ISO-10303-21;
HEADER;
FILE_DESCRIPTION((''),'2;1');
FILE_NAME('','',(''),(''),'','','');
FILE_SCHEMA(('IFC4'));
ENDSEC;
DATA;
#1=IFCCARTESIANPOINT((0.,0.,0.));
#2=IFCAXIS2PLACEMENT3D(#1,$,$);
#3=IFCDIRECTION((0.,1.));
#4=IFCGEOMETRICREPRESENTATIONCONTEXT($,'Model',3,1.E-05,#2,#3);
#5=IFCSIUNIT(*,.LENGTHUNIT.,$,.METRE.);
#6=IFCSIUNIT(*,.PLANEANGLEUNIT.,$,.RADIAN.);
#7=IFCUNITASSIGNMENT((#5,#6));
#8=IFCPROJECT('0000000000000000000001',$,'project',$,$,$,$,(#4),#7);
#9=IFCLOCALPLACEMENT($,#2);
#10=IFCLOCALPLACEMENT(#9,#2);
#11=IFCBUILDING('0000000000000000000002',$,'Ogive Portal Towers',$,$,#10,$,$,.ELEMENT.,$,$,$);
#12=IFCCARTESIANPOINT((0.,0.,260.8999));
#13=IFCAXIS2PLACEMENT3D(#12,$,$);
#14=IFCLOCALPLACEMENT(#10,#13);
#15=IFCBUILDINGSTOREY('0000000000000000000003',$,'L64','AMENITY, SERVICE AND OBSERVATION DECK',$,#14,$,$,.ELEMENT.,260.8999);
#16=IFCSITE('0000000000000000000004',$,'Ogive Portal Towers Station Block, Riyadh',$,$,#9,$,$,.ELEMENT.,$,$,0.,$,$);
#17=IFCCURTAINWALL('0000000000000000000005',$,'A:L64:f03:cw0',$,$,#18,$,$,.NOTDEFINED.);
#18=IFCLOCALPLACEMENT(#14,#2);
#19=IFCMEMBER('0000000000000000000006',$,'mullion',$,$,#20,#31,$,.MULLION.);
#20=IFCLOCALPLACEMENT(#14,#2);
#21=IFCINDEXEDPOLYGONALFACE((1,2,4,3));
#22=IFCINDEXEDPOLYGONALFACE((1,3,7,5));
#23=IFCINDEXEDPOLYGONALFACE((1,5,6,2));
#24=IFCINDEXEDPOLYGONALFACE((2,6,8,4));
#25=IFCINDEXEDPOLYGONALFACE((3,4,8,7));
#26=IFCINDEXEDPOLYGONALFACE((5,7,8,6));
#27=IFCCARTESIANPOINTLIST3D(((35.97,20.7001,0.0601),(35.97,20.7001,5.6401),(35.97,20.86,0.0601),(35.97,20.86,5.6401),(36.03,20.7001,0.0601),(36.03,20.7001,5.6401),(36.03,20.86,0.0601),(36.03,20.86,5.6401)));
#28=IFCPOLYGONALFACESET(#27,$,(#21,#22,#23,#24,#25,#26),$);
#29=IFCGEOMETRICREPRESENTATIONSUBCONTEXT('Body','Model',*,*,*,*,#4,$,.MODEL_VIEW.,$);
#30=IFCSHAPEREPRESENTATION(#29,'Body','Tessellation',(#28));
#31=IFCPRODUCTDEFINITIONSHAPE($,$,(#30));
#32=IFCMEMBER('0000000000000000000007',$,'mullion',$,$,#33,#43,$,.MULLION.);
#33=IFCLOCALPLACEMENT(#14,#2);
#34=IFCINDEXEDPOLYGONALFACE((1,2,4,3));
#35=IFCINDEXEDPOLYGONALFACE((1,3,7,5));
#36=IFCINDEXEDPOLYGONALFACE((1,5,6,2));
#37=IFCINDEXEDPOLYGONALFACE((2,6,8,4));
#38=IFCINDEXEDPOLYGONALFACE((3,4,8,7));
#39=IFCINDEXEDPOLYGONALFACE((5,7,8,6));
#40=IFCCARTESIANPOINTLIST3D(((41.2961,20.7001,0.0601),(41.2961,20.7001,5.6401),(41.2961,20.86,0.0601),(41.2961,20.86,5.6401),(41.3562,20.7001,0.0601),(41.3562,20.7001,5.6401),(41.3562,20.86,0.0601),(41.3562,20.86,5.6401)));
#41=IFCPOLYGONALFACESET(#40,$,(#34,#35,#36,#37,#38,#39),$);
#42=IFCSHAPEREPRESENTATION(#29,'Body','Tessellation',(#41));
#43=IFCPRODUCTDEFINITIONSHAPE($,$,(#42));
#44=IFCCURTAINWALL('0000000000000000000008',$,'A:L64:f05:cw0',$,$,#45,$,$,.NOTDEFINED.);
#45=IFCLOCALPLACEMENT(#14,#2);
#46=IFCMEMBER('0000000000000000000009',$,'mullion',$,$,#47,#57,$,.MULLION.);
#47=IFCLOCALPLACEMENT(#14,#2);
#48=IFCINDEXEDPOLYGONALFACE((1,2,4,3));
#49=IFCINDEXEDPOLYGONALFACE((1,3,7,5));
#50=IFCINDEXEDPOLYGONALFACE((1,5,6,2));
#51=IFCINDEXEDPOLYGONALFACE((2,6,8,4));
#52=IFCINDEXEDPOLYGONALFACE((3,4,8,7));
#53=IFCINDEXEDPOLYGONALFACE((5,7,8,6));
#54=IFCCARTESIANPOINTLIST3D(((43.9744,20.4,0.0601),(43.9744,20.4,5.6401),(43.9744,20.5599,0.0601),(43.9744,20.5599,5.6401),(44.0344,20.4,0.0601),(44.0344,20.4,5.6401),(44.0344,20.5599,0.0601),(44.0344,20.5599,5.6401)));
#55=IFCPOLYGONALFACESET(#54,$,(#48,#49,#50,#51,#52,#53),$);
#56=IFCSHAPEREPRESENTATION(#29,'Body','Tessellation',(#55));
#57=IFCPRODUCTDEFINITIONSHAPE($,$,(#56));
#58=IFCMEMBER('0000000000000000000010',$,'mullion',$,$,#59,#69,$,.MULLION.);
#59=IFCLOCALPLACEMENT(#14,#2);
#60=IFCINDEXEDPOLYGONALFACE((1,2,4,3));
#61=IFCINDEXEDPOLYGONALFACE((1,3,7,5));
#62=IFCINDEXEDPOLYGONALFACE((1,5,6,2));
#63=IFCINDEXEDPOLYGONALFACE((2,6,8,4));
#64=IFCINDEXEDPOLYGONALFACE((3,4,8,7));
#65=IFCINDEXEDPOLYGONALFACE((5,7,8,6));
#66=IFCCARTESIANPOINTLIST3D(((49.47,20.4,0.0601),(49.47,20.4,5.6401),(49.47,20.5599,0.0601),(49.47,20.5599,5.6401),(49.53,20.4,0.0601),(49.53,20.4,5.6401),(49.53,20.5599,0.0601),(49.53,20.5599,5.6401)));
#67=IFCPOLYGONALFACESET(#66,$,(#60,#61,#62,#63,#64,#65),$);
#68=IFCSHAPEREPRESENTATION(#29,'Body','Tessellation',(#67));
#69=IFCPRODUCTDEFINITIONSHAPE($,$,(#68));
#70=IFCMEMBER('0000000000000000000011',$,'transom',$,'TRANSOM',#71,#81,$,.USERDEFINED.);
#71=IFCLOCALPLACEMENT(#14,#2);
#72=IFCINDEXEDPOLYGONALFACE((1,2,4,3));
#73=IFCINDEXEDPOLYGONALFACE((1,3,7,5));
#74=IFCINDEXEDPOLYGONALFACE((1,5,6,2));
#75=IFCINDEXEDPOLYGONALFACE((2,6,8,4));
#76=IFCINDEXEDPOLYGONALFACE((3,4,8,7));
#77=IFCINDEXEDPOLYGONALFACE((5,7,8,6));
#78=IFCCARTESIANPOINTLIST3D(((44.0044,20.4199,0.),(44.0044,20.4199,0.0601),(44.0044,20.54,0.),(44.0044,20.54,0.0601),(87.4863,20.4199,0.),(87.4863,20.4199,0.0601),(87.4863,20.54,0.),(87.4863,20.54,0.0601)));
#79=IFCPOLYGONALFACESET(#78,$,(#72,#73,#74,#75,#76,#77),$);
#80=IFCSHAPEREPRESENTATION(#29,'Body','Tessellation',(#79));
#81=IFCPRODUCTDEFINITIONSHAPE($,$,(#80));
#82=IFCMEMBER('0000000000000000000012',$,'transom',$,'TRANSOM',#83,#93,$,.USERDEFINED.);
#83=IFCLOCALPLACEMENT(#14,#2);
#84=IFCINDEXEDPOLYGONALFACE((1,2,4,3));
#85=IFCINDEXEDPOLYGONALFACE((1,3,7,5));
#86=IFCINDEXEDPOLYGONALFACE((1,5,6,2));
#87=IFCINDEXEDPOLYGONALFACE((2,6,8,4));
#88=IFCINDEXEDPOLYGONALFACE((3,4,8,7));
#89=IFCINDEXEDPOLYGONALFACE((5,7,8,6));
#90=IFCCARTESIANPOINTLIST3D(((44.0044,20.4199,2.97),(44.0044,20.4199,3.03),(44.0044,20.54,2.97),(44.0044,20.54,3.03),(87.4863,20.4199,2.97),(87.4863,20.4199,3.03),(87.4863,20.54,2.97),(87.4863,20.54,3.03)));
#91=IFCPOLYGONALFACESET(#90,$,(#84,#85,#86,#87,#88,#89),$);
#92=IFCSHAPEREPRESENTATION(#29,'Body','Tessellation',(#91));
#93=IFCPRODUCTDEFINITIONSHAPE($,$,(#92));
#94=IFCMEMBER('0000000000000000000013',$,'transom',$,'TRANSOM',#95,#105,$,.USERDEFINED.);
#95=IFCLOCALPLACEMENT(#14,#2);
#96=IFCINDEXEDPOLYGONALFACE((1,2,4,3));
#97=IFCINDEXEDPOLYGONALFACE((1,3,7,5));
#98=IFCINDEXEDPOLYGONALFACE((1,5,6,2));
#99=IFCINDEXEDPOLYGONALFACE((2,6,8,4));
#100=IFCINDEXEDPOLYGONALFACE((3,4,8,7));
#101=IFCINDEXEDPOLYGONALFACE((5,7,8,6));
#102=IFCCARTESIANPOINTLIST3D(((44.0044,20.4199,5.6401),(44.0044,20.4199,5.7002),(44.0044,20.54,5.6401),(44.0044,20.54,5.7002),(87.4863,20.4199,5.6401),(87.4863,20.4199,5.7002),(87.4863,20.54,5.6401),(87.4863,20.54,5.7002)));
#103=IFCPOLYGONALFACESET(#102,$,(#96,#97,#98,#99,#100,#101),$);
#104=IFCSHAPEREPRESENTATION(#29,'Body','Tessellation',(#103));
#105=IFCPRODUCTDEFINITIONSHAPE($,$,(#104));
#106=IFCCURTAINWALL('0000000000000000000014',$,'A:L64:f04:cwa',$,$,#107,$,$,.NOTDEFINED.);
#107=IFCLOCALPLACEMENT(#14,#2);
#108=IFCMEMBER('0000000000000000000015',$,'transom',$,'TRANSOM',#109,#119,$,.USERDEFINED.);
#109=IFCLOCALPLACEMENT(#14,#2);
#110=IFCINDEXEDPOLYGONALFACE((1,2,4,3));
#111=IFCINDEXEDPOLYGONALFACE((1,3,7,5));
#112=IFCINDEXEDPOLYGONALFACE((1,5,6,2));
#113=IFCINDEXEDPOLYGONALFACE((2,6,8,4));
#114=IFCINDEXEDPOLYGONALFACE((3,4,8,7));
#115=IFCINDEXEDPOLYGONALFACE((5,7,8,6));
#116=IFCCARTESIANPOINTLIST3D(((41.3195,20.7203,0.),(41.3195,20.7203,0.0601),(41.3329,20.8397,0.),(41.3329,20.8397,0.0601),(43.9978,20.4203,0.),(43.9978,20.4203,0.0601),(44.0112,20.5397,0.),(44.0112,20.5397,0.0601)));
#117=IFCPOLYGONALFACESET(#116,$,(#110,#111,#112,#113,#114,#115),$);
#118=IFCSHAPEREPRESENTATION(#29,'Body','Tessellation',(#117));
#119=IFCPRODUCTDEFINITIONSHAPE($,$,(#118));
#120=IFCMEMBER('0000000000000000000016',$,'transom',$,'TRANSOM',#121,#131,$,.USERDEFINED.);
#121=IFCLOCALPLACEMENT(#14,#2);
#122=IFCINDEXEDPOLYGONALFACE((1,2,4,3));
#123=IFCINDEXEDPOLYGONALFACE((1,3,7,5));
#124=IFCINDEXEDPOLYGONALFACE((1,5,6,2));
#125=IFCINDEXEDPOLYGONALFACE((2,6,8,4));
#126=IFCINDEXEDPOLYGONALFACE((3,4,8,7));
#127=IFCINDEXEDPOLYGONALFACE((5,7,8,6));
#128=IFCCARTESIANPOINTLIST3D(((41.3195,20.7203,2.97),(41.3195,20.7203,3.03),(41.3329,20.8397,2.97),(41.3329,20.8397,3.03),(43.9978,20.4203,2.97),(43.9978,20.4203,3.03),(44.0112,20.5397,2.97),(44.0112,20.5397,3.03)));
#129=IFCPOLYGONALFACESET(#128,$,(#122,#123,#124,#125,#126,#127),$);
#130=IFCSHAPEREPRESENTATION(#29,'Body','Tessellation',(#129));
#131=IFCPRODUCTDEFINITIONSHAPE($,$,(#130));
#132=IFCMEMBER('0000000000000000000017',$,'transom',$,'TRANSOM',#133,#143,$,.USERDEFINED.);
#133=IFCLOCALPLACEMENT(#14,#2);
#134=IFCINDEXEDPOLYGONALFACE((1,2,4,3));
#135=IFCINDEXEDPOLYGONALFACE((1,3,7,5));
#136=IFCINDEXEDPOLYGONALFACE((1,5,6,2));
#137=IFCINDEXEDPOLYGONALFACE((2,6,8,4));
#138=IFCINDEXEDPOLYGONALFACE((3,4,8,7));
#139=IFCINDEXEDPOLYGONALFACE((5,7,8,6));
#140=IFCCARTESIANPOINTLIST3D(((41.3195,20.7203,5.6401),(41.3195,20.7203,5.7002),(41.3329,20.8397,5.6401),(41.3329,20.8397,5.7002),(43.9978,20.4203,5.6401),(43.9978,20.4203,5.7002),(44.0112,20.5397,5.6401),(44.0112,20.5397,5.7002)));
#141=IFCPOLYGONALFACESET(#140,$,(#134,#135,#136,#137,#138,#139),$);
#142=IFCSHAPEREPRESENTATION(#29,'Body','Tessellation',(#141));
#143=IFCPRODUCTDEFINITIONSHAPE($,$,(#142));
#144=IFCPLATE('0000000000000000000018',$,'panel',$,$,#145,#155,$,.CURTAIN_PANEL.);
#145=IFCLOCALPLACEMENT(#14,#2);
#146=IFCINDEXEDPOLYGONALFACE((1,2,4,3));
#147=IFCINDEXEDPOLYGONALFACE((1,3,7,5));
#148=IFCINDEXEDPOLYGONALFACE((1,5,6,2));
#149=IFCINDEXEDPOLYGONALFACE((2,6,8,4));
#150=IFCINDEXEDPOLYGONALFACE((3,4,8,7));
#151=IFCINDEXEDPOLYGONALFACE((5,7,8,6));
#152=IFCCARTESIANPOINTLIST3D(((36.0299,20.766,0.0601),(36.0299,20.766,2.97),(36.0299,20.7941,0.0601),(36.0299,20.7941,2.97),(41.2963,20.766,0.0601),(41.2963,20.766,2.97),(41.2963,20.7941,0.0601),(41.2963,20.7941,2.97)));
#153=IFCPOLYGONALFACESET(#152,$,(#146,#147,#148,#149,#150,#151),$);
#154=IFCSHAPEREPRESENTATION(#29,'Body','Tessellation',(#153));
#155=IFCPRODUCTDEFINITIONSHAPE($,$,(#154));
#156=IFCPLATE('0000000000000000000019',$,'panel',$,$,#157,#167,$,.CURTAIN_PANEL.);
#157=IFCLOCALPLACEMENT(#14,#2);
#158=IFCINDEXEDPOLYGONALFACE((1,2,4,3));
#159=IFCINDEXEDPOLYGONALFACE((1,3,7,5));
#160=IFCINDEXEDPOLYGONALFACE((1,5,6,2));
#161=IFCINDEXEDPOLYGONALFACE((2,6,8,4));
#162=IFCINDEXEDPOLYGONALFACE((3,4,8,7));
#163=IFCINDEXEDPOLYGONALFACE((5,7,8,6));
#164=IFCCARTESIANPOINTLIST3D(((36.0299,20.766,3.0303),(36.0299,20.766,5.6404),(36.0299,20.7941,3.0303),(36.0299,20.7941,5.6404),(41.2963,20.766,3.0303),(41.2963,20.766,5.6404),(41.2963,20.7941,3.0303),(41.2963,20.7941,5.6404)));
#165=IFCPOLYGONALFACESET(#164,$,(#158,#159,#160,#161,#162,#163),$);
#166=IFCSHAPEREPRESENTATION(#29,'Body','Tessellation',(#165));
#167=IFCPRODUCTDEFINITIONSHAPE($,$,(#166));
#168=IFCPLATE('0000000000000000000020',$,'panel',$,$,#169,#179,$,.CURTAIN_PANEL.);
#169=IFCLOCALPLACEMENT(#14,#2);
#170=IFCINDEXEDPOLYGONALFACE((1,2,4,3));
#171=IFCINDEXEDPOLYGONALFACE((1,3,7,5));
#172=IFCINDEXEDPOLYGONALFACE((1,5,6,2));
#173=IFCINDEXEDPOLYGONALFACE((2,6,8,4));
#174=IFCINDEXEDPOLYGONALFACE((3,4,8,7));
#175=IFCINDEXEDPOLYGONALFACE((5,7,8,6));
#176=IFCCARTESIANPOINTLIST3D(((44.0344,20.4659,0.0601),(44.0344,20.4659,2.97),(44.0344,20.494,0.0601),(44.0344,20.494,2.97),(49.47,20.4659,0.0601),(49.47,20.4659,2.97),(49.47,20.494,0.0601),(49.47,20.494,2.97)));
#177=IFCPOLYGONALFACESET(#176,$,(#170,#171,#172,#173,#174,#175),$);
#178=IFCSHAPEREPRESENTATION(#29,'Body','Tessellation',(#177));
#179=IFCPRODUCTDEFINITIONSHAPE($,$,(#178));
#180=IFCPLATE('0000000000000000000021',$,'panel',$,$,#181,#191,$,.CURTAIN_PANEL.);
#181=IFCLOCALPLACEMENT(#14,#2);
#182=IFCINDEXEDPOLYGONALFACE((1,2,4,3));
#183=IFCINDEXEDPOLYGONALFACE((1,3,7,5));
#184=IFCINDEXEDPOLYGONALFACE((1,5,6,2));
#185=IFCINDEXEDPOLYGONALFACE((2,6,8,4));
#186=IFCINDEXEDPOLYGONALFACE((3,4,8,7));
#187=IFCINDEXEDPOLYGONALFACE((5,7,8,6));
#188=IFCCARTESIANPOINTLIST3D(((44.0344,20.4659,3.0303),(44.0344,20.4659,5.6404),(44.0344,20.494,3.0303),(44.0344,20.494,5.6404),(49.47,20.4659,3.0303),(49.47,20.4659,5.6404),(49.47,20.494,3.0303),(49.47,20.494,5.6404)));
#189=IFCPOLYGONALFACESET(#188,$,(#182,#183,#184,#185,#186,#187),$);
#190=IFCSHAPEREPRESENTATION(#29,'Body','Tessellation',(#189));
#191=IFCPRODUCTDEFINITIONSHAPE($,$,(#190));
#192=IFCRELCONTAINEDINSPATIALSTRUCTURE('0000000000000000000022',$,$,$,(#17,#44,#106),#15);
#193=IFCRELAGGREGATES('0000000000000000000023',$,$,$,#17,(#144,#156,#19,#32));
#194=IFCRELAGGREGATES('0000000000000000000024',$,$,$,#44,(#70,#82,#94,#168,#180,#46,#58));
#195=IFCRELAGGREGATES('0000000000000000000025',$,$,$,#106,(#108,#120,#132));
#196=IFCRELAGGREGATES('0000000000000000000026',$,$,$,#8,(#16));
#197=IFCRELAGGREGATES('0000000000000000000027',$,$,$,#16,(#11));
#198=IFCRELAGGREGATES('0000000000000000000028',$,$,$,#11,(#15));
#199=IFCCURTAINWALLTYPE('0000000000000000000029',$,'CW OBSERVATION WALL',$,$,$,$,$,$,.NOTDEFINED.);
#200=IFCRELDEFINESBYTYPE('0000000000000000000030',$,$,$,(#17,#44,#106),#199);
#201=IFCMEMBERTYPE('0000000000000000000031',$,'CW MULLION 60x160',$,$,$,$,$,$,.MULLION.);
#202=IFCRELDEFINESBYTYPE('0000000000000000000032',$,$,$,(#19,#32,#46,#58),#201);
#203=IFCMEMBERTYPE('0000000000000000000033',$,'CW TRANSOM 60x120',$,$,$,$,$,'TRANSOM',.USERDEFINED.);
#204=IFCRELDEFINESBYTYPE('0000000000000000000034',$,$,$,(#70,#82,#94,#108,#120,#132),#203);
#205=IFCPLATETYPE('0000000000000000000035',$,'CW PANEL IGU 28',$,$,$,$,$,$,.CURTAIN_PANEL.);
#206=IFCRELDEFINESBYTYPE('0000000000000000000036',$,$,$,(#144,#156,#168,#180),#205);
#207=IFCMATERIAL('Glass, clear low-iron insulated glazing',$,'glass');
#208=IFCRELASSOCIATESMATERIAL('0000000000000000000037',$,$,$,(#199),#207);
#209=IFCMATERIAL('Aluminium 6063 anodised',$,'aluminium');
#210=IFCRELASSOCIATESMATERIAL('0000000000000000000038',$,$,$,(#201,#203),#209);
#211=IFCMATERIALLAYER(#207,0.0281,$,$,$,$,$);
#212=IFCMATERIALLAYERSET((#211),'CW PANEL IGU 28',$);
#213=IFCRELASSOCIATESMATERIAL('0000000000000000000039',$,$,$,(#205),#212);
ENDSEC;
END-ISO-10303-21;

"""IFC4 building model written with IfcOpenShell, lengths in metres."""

from ifc_helpers import new_model, si_unit, direction, frame, origin, origin_2d, place, context, subcontext, project, spatial, rectangle, extrude, material, layer, layer_set, material_profile, profile_set, type_object, element, aggregate, save


model = new_model("IFC4")

# Units and contexts
model_context = context("Model", 3, precision=1e-05, world=origin(), true_north=direction((0.0, 1.0)))
body_context = subcontext(model_context, "Body", "Model", "MODEL_VIEW")
ifc_project = project(units=[si_unit("LENGTHUNIT", "METRE"), si_unit("PLANEANGLEUNIT", "RADIAN")], contexts=[model_context])

# Site, building, storey
site_placement = place(None, origin())
site = spatial("IfcSite", under=ifc_project, at=site_placement, Name="Ogive Portal Towers Station Block, Riyadh", CompositionType="ELEMENT", RefElevation=0.0)
building_placement = place(site_placement, origin())
building = spatial("IfcBuilding", under=site, at=building_placement, Name="Ogive Portal Towers", CompositionType="ELEMENT")
storey_placement = place(building_placement, frame((0.0, 0.0, 260.8999)))
storey = spatial("IfcBuildingStorey", under=building, at=storey_placement, Name="L64", Description="AMENITY, SERVICE AND OBSERVATION DECK", CompositionType="ELEMENT", Elevation=260.8999)

# Curtain walls, members
ifc_material_1 = material(Name="Glass, clear low-iron insulated glazing", Category="glass")
curtain_wall_type = type_object("IfcCurtainWallType", Name="CW OBSERVATION WALL", PredefinedType="NOTDEFINED", material=ifc_material_1)
curtain_wall_1_placement = place(storey_placement, origin())
curtain_wall_1 = element("IfcCurtainWall", 1, at=curtain_wall_1_placement, inside=storey, type_object=curtain_wall_type, Name="A:L64:f03:cw0", PredefinedType="NOTDEFINED")
ifc_material_2 = material(Name="Aluminium 6063 anodised", Category="aluminium")
ifc_material_profile_1 = material_profile(ifc_material_2, rectangle(XDim=0.1599, YDim=0.0601, at=origin_2d()), Name="AL 60x160")
ifc_profile_set_1 = profile_set([ifc_material_profile_1], Name="Aluminium 6063 anodised")
member_type_1 = type_object("IfcMemberType", Name="CW MULLION 60x160", PredefinedType="MULLION", material=ifc_profile_set_1)
member_1_placement = place(storey_placement, frame((36.0, 20.78, 0.0601), z_axis=(0.0, 0.0, 1.0), x_axis=(0.0, 1.0, 0.0)))
member_1 = element("IfcMember", 2, at=member_1_placement, type_object=member_type_1, Name="mullion", PredefinedType="MULLION", context=body_context, shape_type="SweptSolid", body=[
    extrude(rectangle(XDim=0.1599, YDim=0.0601, at=origin_2d()), origin(), (0.0, 0.0, 1.0), 5.5801),
])
member_2_placement = place(storey_placement, frame((41.3262, 20.78, 0.0601), z_axis=(0.0, 0.0, 1.0), x_axis=(0.0, 1.0, 0.0)))
member_2 = element("IfcMember", 3, at=member_2_placement, type_object=member_type_1, Name="mullion", PredefinedType="MULLION", context=body_context, shape_type="SweptSolid", body=[
    extrude(rectangle(XDim=0.1599, YDim=0.0601, at=origin_2d()), origin(), (0.0, 0.0, 1.0), 5.5801),
])
curtain_wall_2_placement = place(storey_placement, origin())
curtain_wall_2 = element("IfcCurtainWall", 4, at=curtain_wall_2_placement, inside=storey, type_object=curtain_wall_type, Name="A:L64:f05:cw0", PredefinedType="NOTDEFINED")
member_3_placement = place(storey_placement, frame((44.0044, 20.48, 0.0601), z_axis=(0.0, 0.0, 1.0), x_axis=(0.0, 1.0, 0.0)))
member_3 = element("IfcMember", 5, at=member_3_placement, type_object=member_type_1, Name="mullion", PredefinedType="MULLION", context=body_context, shape_type="SweptSolid", body=[
    extrude(rectangle(XDim=0.1599, YDim=0.0601, at=origin_2d()), origin(), (0.0, 0.0, 1.0), 5.5801),
])
member_4_placement = place(storey_placement, frame((49.5, 20.48, 0.0601), z_axis=(0.0, 0.0, 1.0), x_axis=(0.0, 1.0, 0.0)))
member_4 = element("IfcMember", 6, at=member_4_placement, type_object=member_type_1, Name="mullion", PredefinedType="MULLION", context=body_context, shape_type="SweptSolid", body=[
    extrude(rectangle(XDim=0.1599, YDim=0.0601, at=origin_2d()), origin(), (0.0, 0.0, 1.0), 5.5801),
])
ifc_material_profile_2 = material_profile(ifc_material_2, rectangle(XDim=0.1201, YDim=0.0601, at=origin_2d()), Name="AL 120x60")
ifc_profile_set_2 = profile_set([ifc_material_profile_2], Name="Aluminium 6063 anodised")
member_type_2 = type_object("IfcMemberType", Name="CW TRANSOM 60x120", ElementType="TRANSOM", PredefinedType="USERDEFINED", material=ifc_profile_set_2)
member_5_placement = place(storey_placement, frame((44.0044, 20.48, 0.03), z_axis=(1.0, 0.0, 0.0), x_axis=(0.0, 1.0, 0.0)))
member_5 = element("IfcMember", 7, at=member_5_placement, type_object=member_type_2, Name="transom", ObjectType="TRANSOM", PredefinedType="USERDEFINED", context=body_context, shape_type="SweptSolid", body=[
    extrude(rectangle(XDim=0.1201, YDim=0.0601, at=origin_2d()), origin(), (0.0, 0.0, 1.0), 43.4819),
])
member_6_placement = place(storey_placement, frame((44.0044, 20.48, 3.0), z_axis=(1.0, 0.0, 0.0), x_axis=(0.0, 1.0, 0.0)))
member_6 = element("IfcMember", 8, at=member_6_placement, type_object=member_type_2, Name="transom", ObjectType="TRANSOM", PredefinedType="USERDEFINED", context=body_context, shape_type="SweptSolid", body=[
    extrude(rectangle(XDim=0.1201, YDim=0.0601, at=origin_2d()), origin(), (0.0, 0.0, 1.0), 43.4819),
])
member_7_placement = place(storey_placement, frame((44.0044, 20.48, 5.6702), z_axis=(1.0, 0.0, 0.0), x_axis=(0.0, 1.0, 0.0)))
member_7 = element("IfcMember", 9, at=member_7_placement, type_object=member_type_2, Name="transom", ObjectType="TRANSOM", PredefinedType="USERDEFINED", context=body_context, shape_type="SweptSolid", body=[
    extrude(rectangle(XDim=0.1201, YDim=0.0601, at=origin_2d()), origin(), (0.0, 0.0, 1.0), 43.4819),
])
curtain_wall_3_placement = place(storey_placement, origin())
curtain_wall_3 = element("IfcCurtainWall", 10, at=curtain_wall_3_placement, inside=storey, type_object=curtain_wall_type, Name="A:L64:f04:cwa", PredefinedType="NOTDEFINED")
member_8_placement = place(storey_placement, frame((41.3262, 20.78, 0.03), z_axis=(0.993783, -0.111336, 0.0), x_axis=(0.111336, 0.993783, 0.0)))
member_8 = element("IfcMember", 11, at=member_8_placement, type_object=member_type_2, Name="transom", ObjectType="TRANSOM", PredefinedType="USERDEFINED", context=body_context, shape_type="SweptSolid", body=[
    extrude(rectangle(XDim=0.1201, YDim=0.0601, at=origin_2d()), origin(), (0.0, 0.0, 1.0), 2.6951),
])
member_9_placement = place(storey_placement, frame((41.3262, 20.78, 3.0), z_axis=(0.993783, -0.111336, 0.0), x_axis=(0.111336, 0.993783, 0.0)))
member_9 = element("IfcMember", 12, at=member_9_placement, type_object=member_type_2, Name="transom", ObjectType="TRANSOM", PredefinedType="USERDEFINED", context=body_context, shape_type="SweptSolid", body=[
    extrude(rectangle(XDim=0.1201, YDim=0.0601, at=origin_2d()), origin(), (0.0, 0.0, 1.0), 2.6951),
])
member_10_placement = place(storey_placement, frame((41.3262, 20.78, 5.6702), z_axis=(0.993783, -0.111336, 0.0), x_axis=(0.111336, 0.993783, 0.0)))
member_10 = element("IfcMember", 13, at=member_10_placement, type_object=member_type_2, Name="transom", ObjectType="TRANSOM", PredefinedType="USERDEFINED", context=body_context, shape_type="SweptSolid", body=[
    extrude(rectangle(XDim=0.1201, YDim=0.0601, at=origin_2d()), origin(), (0.0, 0.0, 1.0), 2.6951),
])

# Plates
ifc_layer_1 = layer(ifc_material_1, 0.0281)
ifc_layer_set_1 = layer_set([ifc_layer_1], Name="CW PANEL IGU 28")
plate_type = type_object("IfcPlateType", Name="CW PANEL IGU 28", PredefinedType="CURTAIN_PANEL", material=ifc_layer_set_1)
plate_1_placement = place(storey_placement, frame((38.6631, 20.78, 0.0601), z_axis=(0.0, 0.0, 1.0), x_axis=(1.0, 0.0, 0.0)))
plate_1 = element("IfcPlate", 14, at=plate_1_placement, type_object=plate_type, Name="panel", PredefinedType="CURTAIN_PANEL", context=body_context, shape_type="SweptSolid", body=[
    extrude(rectangle(XDim=5.2664, YDim=0.0281, at=origin_2d()), origin(), (0.0, 0.0, 1.0), 2.9099),
])
plate_2_placement = place(storey_placement, frame((38.6631, 20.78, 3.0303), z_axis=(0.0, 0.0, 1.0), x_axis=(1.0, 0.0, 0.0)))
plate_2 = element("IfcPlate", 15, at=plate_2_placement, type_object=plate_type, Name="panel", PredefinedType="CURTAIN_PANEL", context=body_context, shape_type="SweptSolid", body=[
    extrude(rectangle(XDim=5.2664, YDim=0.0281, at=origin_2d()), origin(), (0.0, 0.0, 1.0), 2.6101),
])
aggregate(curtain_wall_1, [plate_1, plate_2, member_1, member_2])
plate_3_placement = place(storey_placement, frame((46.7522, 20.48, 0.0601), z_axis=(0.0, 0.0, 1.0), x_axis=(1.0, 0.0, 0.0)))
plate_3 = element("IfcPlate", 16, at=plate_3_placement, type_object=plate_type, Name="panel", PredefinedType="CURTAIN_PANEL", context=body_context, shape_type="SweptSolid", body=[
    extrude(rectangle(XDim=5.4355, YDim=0.0281, at=origin_2d()), origin(), (0.0, 0.0, 1.0), 2.9099),
])
plate_4_placement = place(storey_placement, frame((46.7522, 20.48, 3.0303), z_axis=(0.0, 0.0, 1.0), x_axis=(1.0, 0.0, 0.0)))
plate_4 = element("IfcPlate", 17, at=plate_4_placement, type_object=plate_type, Name="panel", PredefinedType="CURTAIN_PANEL", context=body_context, shape_type="SweptSolid", body=[
    extrude(rectangle(XDim=5.4355, YDim=0.0281, at=origin_2d()), origin(), (0.0, 0.0, 1.0), 2.6101),
])
aggregate(curtain_wall_2, [member_5, member_6, member_7, plate_3, plate_4, member_3, member_4])
aggregate(curtain_wall_3, [member_8, member_9, member_10])

save(model, "model.ifc")
